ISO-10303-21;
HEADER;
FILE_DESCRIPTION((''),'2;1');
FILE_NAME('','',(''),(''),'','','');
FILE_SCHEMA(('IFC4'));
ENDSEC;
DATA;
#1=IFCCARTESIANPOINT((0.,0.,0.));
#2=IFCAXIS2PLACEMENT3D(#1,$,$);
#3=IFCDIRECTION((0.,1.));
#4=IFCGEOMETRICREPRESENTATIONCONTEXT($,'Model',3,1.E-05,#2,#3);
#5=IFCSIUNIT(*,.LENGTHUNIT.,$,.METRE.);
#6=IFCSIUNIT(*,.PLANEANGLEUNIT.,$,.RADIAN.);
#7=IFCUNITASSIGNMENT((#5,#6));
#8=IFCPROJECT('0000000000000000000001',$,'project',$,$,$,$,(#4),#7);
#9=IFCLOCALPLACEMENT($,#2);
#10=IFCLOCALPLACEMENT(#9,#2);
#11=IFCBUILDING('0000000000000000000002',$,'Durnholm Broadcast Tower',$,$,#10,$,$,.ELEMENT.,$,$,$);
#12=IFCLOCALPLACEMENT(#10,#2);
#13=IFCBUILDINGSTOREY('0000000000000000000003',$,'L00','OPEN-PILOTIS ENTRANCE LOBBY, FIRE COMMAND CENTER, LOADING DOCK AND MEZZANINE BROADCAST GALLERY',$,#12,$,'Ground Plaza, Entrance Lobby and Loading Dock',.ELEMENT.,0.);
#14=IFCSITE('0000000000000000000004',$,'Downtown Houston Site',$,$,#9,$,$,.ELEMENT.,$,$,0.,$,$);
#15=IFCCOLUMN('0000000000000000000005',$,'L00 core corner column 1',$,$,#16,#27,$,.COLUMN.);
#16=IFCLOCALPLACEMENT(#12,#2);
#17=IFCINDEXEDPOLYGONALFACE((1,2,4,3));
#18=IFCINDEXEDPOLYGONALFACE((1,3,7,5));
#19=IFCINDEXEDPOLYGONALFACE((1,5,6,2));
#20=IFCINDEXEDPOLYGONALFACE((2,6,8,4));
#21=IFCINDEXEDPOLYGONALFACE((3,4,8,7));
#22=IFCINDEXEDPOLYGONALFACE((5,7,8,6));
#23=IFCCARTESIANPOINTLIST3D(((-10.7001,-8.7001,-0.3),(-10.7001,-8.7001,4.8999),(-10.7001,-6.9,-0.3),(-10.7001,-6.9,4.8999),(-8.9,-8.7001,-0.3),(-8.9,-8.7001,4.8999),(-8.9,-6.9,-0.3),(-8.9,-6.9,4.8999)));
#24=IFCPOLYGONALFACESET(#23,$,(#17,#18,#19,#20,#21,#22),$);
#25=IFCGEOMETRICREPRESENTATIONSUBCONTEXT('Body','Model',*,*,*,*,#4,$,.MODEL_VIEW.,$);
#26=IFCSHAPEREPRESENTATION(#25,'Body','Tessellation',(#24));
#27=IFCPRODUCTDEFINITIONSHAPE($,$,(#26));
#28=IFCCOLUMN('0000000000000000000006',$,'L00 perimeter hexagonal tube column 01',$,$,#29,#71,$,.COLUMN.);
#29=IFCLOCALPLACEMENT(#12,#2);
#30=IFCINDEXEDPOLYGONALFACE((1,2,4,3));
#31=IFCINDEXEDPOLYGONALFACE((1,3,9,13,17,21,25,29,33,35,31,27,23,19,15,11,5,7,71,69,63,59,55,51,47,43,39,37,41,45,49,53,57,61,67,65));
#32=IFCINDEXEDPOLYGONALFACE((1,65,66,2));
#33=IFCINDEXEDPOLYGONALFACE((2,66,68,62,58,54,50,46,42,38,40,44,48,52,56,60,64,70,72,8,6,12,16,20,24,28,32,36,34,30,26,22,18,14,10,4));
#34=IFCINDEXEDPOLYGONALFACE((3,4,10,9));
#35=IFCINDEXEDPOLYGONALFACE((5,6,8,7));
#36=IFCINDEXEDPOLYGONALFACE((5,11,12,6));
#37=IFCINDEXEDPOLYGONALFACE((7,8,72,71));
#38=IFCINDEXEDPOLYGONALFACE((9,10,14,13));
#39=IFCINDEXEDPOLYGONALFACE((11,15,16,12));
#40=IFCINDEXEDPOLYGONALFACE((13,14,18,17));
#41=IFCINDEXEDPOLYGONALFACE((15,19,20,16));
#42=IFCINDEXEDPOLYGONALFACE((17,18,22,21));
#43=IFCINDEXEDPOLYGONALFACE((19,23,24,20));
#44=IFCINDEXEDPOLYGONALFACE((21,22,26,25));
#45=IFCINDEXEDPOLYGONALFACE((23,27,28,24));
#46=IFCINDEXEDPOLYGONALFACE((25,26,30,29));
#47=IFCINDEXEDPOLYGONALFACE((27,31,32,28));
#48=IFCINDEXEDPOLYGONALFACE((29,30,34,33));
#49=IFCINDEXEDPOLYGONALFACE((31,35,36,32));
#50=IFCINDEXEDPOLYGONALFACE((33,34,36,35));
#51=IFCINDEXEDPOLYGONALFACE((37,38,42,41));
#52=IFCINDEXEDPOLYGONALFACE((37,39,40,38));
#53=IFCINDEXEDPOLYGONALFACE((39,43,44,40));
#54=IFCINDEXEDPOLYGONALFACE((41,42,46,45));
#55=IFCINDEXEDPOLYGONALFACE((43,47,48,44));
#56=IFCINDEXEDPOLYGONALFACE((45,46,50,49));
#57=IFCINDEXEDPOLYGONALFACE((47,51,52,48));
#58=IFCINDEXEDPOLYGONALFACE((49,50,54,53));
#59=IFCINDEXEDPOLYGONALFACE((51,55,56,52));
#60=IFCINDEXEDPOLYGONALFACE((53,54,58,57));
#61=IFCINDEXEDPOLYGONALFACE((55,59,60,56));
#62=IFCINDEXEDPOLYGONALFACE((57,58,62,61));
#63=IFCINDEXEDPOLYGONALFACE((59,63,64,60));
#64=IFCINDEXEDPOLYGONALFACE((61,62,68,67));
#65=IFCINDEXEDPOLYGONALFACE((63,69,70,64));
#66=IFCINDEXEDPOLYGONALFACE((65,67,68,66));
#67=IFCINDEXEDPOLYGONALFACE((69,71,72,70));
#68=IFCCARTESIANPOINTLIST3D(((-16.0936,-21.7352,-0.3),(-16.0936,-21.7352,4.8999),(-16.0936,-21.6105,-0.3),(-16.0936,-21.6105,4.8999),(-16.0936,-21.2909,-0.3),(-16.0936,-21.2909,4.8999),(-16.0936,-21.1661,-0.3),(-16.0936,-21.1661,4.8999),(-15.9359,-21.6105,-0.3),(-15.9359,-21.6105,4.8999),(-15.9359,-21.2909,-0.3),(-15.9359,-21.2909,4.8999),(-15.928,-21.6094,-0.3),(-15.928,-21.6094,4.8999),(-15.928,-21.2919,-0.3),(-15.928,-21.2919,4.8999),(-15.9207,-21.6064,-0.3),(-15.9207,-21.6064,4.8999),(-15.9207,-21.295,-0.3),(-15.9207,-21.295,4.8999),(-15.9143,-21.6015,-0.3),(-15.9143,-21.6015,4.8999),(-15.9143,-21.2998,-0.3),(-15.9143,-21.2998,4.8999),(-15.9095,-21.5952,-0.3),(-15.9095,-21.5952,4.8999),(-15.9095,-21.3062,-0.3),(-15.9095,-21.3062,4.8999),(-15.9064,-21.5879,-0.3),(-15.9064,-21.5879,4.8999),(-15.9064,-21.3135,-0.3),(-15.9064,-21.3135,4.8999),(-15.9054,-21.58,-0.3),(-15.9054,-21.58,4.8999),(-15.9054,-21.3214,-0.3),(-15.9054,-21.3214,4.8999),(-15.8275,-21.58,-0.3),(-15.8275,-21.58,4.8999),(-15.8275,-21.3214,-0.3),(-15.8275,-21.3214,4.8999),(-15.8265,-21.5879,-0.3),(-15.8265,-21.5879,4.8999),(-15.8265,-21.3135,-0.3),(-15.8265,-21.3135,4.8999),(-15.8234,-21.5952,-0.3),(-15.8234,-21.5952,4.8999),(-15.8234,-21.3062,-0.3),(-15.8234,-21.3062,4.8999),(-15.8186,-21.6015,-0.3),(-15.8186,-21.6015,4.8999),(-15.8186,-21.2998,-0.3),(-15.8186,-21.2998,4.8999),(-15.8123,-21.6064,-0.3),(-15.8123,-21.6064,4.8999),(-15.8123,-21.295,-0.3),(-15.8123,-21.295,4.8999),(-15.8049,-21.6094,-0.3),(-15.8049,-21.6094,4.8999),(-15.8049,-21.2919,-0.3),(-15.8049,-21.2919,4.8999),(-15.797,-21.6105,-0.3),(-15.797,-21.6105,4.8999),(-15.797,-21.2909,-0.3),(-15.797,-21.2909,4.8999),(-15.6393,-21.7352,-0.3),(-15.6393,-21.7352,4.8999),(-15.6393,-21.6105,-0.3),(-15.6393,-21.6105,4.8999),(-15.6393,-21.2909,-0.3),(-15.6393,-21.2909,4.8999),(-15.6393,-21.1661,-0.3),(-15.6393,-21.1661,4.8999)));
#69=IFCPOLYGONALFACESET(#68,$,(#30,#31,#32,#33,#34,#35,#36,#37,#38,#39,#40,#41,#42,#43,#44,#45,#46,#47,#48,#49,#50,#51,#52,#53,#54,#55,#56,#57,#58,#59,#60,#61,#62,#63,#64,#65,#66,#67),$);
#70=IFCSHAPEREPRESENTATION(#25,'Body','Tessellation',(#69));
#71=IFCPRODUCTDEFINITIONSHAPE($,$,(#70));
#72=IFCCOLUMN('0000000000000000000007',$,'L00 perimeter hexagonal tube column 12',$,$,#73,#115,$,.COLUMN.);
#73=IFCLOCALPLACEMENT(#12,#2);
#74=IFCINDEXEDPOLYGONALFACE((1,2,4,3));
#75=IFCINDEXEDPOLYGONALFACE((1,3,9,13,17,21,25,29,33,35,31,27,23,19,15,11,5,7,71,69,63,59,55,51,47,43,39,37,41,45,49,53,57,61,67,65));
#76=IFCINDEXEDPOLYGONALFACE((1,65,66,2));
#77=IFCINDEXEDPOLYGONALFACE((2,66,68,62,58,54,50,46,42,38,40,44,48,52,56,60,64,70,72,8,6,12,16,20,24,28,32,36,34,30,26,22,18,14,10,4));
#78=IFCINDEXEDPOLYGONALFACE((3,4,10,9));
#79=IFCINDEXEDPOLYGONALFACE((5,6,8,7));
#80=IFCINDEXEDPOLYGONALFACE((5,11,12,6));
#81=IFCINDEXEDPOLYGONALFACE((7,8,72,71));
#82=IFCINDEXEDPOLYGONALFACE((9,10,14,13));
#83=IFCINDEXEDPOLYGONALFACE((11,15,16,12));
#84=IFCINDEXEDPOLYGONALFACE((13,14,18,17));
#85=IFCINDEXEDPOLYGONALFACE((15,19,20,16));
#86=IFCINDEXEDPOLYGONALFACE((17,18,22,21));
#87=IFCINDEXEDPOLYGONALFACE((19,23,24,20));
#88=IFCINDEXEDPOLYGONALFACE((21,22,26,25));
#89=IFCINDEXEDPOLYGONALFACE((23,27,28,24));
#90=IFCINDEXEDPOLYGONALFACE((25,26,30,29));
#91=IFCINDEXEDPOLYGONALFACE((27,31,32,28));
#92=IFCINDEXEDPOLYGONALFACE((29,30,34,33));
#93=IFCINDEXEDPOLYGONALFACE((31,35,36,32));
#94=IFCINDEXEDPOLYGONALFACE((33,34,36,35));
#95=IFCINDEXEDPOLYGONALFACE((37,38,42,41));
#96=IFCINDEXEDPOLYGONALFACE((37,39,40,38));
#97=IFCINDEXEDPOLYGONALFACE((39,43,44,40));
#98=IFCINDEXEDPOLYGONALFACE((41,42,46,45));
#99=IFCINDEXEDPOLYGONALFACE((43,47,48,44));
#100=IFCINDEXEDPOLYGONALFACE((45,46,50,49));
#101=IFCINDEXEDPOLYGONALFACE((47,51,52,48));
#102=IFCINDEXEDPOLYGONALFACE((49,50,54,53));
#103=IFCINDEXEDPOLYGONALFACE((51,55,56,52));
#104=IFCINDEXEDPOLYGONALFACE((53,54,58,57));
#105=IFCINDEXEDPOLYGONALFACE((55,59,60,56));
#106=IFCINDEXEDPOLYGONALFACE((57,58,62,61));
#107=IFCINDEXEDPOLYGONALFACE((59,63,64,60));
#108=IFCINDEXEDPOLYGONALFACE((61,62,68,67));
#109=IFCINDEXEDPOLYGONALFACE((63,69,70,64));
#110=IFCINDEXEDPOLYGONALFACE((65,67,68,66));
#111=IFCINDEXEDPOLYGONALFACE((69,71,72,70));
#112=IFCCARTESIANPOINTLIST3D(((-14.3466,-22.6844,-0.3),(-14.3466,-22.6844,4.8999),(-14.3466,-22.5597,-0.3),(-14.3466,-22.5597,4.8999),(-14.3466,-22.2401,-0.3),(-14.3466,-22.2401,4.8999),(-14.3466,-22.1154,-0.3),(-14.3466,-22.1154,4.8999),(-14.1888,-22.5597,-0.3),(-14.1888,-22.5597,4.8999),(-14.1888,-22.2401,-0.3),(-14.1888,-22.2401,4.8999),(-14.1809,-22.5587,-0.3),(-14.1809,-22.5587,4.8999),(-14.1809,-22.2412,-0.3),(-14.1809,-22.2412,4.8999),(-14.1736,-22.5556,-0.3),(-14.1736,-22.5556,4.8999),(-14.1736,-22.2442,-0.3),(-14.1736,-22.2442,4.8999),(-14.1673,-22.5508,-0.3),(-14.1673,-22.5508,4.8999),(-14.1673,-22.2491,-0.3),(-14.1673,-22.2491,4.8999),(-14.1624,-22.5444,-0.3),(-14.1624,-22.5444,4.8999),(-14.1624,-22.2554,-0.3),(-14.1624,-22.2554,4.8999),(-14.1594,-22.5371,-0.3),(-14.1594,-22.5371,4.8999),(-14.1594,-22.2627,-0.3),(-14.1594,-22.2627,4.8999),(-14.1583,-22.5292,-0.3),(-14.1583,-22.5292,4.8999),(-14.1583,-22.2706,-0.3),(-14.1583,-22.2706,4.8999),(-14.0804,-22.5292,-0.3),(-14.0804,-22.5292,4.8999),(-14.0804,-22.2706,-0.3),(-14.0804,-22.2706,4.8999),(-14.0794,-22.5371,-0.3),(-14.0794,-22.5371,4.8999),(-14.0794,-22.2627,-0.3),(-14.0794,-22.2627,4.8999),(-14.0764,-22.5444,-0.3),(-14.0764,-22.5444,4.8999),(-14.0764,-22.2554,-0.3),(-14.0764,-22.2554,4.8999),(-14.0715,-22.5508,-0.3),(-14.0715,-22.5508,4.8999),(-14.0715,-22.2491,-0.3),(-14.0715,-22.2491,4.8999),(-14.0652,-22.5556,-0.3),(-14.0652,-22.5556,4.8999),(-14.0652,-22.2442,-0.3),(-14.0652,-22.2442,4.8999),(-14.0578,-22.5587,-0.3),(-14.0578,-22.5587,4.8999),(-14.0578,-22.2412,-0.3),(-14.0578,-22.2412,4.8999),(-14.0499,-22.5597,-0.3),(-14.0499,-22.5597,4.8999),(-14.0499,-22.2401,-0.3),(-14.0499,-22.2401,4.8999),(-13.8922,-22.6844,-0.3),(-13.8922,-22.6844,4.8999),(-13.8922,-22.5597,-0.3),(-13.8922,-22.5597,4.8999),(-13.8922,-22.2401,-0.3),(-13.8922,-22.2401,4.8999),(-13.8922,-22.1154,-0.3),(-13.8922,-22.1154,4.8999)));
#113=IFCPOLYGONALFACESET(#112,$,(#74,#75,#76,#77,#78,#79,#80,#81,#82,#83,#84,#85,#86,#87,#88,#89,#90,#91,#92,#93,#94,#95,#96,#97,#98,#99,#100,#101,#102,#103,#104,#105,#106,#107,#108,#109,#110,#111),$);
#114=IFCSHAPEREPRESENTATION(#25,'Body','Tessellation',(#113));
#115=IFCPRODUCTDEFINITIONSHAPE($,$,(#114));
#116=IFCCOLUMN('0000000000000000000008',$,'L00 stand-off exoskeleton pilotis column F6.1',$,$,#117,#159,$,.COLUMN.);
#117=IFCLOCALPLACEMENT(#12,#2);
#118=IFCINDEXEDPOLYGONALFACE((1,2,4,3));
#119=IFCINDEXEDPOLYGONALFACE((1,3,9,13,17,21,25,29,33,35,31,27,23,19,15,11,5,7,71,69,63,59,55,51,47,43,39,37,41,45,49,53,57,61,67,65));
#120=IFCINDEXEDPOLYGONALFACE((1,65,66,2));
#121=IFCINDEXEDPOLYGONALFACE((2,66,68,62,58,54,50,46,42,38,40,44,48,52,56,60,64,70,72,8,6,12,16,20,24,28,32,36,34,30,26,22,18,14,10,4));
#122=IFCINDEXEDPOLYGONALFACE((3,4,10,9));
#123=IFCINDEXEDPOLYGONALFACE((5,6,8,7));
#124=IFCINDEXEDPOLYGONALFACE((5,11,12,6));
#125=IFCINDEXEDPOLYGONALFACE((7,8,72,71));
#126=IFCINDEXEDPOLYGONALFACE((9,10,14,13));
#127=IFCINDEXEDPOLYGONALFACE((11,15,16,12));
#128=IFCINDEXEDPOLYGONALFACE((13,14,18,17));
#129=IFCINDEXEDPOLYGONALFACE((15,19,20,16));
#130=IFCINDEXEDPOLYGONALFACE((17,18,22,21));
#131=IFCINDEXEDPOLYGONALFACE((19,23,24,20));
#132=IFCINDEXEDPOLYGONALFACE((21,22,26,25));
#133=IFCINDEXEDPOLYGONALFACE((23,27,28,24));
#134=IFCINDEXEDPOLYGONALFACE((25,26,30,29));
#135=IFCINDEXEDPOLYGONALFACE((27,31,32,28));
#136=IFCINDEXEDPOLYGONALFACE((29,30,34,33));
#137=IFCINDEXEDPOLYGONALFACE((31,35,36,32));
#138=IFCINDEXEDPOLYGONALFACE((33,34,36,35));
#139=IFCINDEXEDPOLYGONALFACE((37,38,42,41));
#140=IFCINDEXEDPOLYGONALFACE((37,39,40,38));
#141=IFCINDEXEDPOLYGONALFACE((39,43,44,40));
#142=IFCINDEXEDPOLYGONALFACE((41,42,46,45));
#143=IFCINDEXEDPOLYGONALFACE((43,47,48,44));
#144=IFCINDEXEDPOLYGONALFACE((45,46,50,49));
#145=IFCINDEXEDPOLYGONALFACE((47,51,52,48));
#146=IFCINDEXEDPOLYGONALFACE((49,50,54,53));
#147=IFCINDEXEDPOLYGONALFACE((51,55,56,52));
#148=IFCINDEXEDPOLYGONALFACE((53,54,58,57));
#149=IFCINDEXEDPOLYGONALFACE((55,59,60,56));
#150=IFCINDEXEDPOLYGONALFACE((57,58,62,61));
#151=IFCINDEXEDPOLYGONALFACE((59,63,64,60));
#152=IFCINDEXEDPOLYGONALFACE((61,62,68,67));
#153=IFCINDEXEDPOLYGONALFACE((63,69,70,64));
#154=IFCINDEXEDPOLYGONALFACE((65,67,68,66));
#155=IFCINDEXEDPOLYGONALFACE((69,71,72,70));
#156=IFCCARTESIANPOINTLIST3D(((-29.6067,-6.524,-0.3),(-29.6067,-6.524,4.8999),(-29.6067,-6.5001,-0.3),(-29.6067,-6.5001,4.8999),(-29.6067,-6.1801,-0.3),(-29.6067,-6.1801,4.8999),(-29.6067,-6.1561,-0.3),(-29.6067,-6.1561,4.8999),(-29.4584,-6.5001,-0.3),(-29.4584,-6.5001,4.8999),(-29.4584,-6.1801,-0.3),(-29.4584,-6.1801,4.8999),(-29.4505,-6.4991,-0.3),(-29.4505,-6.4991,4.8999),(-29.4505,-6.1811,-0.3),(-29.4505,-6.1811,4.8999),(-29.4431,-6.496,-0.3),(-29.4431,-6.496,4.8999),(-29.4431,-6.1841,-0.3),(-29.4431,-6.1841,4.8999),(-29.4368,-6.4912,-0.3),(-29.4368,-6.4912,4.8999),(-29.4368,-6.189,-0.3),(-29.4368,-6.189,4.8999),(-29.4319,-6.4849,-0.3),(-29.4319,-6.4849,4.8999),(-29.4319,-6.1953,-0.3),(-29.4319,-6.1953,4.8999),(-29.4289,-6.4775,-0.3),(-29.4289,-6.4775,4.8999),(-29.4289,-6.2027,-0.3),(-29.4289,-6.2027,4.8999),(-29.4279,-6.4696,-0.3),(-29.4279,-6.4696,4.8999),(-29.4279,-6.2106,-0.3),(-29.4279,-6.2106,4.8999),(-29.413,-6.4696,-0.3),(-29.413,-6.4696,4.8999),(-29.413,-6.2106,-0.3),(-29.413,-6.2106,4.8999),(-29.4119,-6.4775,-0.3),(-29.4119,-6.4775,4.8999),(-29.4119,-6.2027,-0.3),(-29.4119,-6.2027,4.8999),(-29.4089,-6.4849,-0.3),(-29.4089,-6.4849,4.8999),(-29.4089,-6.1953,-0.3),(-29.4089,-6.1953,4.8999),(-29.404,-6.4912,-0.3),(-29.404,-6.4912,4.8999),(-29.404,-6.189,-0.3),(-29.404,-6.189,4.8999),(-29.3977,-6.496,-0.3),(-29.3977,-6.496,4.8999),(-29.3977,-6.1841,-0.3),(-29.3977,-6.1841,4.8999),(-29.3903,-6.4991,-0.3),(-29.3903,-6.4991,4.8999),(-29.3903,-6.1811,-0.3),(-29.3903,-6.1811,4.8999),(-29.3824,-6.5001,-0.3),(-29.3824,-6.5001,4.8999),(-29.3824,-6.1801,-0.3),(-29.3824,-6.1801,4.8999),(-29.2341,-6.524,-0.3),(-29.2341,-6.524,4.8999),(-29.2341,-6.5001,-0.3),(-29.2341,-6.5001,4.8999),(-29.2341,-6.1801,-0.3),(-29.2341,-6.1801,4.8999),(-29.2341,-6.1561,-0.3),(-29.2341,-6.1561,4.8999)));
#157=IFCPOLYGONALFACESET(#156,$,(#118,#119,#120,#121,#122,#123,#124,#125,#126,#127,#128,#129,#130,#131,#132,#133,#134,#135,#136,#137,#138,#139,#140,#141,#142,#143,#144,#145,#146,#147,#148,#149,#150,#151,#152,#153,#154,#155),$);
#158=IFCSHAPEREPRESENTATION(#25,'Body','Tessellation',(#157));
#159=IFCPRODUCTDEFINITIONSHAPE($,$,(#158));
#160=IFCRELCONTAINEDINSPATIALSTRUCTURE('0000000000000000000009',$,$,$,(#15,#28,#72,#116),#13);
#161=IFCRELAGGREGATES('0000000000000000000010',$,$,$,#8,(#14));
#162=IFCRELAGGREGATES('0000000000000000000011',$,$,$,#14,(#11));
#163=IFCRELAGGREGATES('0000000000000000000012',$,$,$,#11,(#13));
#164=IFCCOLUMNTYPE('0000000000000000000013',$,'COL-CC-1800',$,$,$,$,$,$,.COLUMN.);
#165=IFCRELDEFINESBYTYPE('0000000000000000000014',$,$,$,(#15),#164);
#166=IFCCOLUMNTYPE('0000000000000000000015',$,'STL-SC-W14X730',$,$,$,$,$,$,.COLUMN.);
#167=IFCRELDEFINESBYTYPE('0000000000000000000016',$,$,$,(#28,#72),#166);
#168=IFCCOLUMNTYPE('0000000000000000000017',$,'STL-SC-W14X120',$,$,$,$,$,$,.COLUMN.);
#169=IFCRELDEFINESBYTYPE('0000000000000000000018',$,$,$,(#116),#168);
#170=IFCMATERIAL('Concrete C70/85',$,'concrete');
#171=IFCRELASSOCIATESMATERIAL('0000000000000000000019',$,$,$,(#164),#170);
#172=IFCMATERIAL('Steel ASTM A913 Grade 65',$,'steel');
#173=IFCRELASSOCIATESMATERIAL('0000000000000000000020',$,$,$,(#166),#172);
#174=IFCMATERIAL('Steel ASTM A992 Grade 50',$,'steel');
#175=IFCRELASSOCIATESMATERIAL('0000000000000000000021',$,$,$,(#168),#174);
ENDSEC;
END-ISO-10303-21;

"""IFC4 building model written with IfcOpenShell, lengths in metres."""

from ifc_helpers import new_model, si_unit, direction, frame, origin, origin_2d, place, context, subcontext, project, spatial, rectangle, i_section, extrude, source, transform, mapped, material, material_profile, profile_set, type_object, type_shapes, element, save


model = new_model("IFC4")

# Units and contexts
model_context = context("Model", 3, precision=1e-05, world=origin(), true_north=direction((0.0, 1.0)))
body_context = subcontext(model_context, "Body", "Model", "MODEL_VIEW")
ifc_project = project(units=[si_unit("LENGTHUNIT", "METRE"), si_unit("PLANEANGLEUNIT", "RADIAN")], contexts=[model_context])

# Site, building, storey
site_placement = place(None, origin())
site = spatial("IfcSite", under=ifc_project, at=site_placement, Name="Downtown Houston Site", CompositionType="ELEMENT", RefElevation=0.0)
building_placement = place(site_placement, origin())
building = spatial("IfcBuilding", under=site, at=building_placement, Name="Durnholm Broadcast Tower", CompositionType="ELEMENT")
storey_placement = place(building_placement, origin())
storey = spatial("IfcBuildingStorey", under=building, at=storey_placement, Name="L00", Description="OPEN-PILOTIS ENTRANCE LOBBY, FIRE COMMAND CENTER, LOADING DOCK AND MEZZANINE BROADCAST GALLERY", LongName="Ground Plaza, Entrance Lobby and Loading Dock", CompositionType="ELEMENT", Elevation=0.0)

# Columns
ifc_material_1 = material(Name="Concrete C70/85", Category="concrete")
ifc_material_profile_1 = material_profile(ifc_material_1, rectangle(XDim=1.8, YDim=1.8, at=origin_2d()), Name="RC1800X1800")
ifc_profile_set_1 = profile_set([ifc_material_profile_1], Name="Concrete C70/85")
column_type_1 = type_object("IfcColumnType", Name="COL-CC-1800", PredefinedType="COLUMN", material=ifc_profile_set_1)
shared_shape_1 = source(origin(), body_context, "Body", "SweptSolid", [
    extrude(rectangle(XDim=1.8, YDim=1.8, at=origin_2d()), origin(), (0.0, 0.0, 1.0), 5.2),
])
type_shapes(column_type_1, [shared_shape_1])
column_placement = place(storey_placement, frame((-9.8, -7.8, -0.3), z_axis=(0.0, 0.0, 1.0), x_axis=(1.0, 0.0, 0.0)))
element("IfcColumn", 1, at=column_placement, inside=storey, type_object=column_type_1, Name="L00 core corner column 1", PredefinedType="COLUMN", context=body_context, shape_type="MappedRepresentation", body=[
    mapped(shared_shape_1, transform((0.0, 0.0, 0.0), x_axis=(1.0, 0.0, 0.0), y_axis=(0.0, 1.0, 0.0), z_axis=(0.0, 0.0, 1.0), scale=1.0)),
])
ifc_material_2 = material(Name="Steel ASTM A913 Grade 65", Category="steel")
ifc_material_profile_2 = material_profile(ifc_material_2, i_section(OverallWidth=0.4543, OverallDepth=0.5691, WebThickness=0.0779, FlangeThickness=0.1248, FilletRadius=0.0305, at=origin_2d()), Name="W14X730")
ifc_profile_set_2 = profile_set([ifc_material_profile_2], Name="Steel ASTM A913 Grade 65")
column_type_2 = type_object("IfcColumnType", Name="STL-SC-W14X730", PredefinedType="COLUMN", material=ifc_profile_set_2)
shared_shape_2 = source(origin(), body_context, "Body", "SweptSolid", [
    extrude(i_section(OverallWidth=0.4543, OverallDepth=0.5691, WebThickness=0.0779, FlangeThickness=0.1248, FilletRadius=0.0305, at=origin_2d()), origin(), (0.0, 0.0, 1.0), 5.2),
])
type_shapes(column_type_2, [shared_shape_2])
for number, where, z_axis, x_axis, name in (
    (2, (-15.8665, -21.4507, -0.3), (0.0, 0.0, 1.0), (1.0, 0.0, 0.0), "L00 perimeter hexagonal tube column 01"),
    (3, (-14.1194, -22.3999, -0.3), (0.0, 0.0, 1.0), (1.0, 0.0, 0.0), "L00 perimeter hexagonal tube column 12"),
):
    element("IfcColumn", number, at=place(storey_placement, frame(where, z_axis=z_axis, x_axis=x_axis)), inside=storey, type_object=column_type_2, Name=name, PredefinedType="COLUMN", context=body_context, shape_type="MappedRepresentation", body=[
        mapped(shared_shape_2, transform((0.0, 0.0, 0.0), x_axis=(1.0, 0.0, 0.0), y_axis=(0.0, 1.0, 0.0), z_axis=(0.0, 0.0, 1.0), scale=1.0)),
    ])
ifc_material_3 = material(Name="Steel ASTM A992 Grade 50", Category="steel")
ifc_material_profile_3 = material_profile(ifc_material_3, i_section(OverallWidth=0.3726, OverallDepth=0.3679, WebThickness=0.0149, FlangeThickness=0.0239, FilletRadius=0.0305, at=origin_2d()), Name="W14X120")
ifc_profile_set_3 = profile_set([ifc_material_profile_3], Name="Steel ASTM A992 Grade 50")
column_type_3 = type_object("IfcColumnType", Name="STL-SC-W14X120", PredefinedType="COLUMN", material=ifc_profile_set_3)
shared_shape_3 = source(origin(), body_context, "Body", "SweptSolid", [
    extrude(i_section(OverallWidth=0.3726, OverallDepth=0.3679, WebThickness=0.0149, FlangeThickness=0.0239, FilletRadius=0.0305, at=origin_2d()), origin(), (0.0, 0.0, 1.0), 5.2),
])
type_shapes(column_type_3, [shared_shape_3])
for number, where, z_axis, x_axis, name in (
    (4, (-29.4204, -6.3401, -0.3), (0.0, 0.0, 1.0), (1.0, 0.0, 0.0), "L00 stand-off exoskeleton pilotis column F6.1"),
):
    element("IfcColumn", number, at=place(storey_placement, frame(where, z_axis=z_axis, x_axis=x_axis)), inside=storey, type_object=column_type_3, Name=name, PredefinedType="COLUMN", context=body_context, shape_type="MappedRepresentation", body=[
        mapped(shared_shape_3, transform((0.0, 0.0, 0.0), x_axis=(1.0, 0.0, 0.0), y_axis=(0.0, 1.0, 0.0), z_axis=(0.0, 0.0, 1.0), scale=1.0)),
    ])

save(model, "model.ifc")
